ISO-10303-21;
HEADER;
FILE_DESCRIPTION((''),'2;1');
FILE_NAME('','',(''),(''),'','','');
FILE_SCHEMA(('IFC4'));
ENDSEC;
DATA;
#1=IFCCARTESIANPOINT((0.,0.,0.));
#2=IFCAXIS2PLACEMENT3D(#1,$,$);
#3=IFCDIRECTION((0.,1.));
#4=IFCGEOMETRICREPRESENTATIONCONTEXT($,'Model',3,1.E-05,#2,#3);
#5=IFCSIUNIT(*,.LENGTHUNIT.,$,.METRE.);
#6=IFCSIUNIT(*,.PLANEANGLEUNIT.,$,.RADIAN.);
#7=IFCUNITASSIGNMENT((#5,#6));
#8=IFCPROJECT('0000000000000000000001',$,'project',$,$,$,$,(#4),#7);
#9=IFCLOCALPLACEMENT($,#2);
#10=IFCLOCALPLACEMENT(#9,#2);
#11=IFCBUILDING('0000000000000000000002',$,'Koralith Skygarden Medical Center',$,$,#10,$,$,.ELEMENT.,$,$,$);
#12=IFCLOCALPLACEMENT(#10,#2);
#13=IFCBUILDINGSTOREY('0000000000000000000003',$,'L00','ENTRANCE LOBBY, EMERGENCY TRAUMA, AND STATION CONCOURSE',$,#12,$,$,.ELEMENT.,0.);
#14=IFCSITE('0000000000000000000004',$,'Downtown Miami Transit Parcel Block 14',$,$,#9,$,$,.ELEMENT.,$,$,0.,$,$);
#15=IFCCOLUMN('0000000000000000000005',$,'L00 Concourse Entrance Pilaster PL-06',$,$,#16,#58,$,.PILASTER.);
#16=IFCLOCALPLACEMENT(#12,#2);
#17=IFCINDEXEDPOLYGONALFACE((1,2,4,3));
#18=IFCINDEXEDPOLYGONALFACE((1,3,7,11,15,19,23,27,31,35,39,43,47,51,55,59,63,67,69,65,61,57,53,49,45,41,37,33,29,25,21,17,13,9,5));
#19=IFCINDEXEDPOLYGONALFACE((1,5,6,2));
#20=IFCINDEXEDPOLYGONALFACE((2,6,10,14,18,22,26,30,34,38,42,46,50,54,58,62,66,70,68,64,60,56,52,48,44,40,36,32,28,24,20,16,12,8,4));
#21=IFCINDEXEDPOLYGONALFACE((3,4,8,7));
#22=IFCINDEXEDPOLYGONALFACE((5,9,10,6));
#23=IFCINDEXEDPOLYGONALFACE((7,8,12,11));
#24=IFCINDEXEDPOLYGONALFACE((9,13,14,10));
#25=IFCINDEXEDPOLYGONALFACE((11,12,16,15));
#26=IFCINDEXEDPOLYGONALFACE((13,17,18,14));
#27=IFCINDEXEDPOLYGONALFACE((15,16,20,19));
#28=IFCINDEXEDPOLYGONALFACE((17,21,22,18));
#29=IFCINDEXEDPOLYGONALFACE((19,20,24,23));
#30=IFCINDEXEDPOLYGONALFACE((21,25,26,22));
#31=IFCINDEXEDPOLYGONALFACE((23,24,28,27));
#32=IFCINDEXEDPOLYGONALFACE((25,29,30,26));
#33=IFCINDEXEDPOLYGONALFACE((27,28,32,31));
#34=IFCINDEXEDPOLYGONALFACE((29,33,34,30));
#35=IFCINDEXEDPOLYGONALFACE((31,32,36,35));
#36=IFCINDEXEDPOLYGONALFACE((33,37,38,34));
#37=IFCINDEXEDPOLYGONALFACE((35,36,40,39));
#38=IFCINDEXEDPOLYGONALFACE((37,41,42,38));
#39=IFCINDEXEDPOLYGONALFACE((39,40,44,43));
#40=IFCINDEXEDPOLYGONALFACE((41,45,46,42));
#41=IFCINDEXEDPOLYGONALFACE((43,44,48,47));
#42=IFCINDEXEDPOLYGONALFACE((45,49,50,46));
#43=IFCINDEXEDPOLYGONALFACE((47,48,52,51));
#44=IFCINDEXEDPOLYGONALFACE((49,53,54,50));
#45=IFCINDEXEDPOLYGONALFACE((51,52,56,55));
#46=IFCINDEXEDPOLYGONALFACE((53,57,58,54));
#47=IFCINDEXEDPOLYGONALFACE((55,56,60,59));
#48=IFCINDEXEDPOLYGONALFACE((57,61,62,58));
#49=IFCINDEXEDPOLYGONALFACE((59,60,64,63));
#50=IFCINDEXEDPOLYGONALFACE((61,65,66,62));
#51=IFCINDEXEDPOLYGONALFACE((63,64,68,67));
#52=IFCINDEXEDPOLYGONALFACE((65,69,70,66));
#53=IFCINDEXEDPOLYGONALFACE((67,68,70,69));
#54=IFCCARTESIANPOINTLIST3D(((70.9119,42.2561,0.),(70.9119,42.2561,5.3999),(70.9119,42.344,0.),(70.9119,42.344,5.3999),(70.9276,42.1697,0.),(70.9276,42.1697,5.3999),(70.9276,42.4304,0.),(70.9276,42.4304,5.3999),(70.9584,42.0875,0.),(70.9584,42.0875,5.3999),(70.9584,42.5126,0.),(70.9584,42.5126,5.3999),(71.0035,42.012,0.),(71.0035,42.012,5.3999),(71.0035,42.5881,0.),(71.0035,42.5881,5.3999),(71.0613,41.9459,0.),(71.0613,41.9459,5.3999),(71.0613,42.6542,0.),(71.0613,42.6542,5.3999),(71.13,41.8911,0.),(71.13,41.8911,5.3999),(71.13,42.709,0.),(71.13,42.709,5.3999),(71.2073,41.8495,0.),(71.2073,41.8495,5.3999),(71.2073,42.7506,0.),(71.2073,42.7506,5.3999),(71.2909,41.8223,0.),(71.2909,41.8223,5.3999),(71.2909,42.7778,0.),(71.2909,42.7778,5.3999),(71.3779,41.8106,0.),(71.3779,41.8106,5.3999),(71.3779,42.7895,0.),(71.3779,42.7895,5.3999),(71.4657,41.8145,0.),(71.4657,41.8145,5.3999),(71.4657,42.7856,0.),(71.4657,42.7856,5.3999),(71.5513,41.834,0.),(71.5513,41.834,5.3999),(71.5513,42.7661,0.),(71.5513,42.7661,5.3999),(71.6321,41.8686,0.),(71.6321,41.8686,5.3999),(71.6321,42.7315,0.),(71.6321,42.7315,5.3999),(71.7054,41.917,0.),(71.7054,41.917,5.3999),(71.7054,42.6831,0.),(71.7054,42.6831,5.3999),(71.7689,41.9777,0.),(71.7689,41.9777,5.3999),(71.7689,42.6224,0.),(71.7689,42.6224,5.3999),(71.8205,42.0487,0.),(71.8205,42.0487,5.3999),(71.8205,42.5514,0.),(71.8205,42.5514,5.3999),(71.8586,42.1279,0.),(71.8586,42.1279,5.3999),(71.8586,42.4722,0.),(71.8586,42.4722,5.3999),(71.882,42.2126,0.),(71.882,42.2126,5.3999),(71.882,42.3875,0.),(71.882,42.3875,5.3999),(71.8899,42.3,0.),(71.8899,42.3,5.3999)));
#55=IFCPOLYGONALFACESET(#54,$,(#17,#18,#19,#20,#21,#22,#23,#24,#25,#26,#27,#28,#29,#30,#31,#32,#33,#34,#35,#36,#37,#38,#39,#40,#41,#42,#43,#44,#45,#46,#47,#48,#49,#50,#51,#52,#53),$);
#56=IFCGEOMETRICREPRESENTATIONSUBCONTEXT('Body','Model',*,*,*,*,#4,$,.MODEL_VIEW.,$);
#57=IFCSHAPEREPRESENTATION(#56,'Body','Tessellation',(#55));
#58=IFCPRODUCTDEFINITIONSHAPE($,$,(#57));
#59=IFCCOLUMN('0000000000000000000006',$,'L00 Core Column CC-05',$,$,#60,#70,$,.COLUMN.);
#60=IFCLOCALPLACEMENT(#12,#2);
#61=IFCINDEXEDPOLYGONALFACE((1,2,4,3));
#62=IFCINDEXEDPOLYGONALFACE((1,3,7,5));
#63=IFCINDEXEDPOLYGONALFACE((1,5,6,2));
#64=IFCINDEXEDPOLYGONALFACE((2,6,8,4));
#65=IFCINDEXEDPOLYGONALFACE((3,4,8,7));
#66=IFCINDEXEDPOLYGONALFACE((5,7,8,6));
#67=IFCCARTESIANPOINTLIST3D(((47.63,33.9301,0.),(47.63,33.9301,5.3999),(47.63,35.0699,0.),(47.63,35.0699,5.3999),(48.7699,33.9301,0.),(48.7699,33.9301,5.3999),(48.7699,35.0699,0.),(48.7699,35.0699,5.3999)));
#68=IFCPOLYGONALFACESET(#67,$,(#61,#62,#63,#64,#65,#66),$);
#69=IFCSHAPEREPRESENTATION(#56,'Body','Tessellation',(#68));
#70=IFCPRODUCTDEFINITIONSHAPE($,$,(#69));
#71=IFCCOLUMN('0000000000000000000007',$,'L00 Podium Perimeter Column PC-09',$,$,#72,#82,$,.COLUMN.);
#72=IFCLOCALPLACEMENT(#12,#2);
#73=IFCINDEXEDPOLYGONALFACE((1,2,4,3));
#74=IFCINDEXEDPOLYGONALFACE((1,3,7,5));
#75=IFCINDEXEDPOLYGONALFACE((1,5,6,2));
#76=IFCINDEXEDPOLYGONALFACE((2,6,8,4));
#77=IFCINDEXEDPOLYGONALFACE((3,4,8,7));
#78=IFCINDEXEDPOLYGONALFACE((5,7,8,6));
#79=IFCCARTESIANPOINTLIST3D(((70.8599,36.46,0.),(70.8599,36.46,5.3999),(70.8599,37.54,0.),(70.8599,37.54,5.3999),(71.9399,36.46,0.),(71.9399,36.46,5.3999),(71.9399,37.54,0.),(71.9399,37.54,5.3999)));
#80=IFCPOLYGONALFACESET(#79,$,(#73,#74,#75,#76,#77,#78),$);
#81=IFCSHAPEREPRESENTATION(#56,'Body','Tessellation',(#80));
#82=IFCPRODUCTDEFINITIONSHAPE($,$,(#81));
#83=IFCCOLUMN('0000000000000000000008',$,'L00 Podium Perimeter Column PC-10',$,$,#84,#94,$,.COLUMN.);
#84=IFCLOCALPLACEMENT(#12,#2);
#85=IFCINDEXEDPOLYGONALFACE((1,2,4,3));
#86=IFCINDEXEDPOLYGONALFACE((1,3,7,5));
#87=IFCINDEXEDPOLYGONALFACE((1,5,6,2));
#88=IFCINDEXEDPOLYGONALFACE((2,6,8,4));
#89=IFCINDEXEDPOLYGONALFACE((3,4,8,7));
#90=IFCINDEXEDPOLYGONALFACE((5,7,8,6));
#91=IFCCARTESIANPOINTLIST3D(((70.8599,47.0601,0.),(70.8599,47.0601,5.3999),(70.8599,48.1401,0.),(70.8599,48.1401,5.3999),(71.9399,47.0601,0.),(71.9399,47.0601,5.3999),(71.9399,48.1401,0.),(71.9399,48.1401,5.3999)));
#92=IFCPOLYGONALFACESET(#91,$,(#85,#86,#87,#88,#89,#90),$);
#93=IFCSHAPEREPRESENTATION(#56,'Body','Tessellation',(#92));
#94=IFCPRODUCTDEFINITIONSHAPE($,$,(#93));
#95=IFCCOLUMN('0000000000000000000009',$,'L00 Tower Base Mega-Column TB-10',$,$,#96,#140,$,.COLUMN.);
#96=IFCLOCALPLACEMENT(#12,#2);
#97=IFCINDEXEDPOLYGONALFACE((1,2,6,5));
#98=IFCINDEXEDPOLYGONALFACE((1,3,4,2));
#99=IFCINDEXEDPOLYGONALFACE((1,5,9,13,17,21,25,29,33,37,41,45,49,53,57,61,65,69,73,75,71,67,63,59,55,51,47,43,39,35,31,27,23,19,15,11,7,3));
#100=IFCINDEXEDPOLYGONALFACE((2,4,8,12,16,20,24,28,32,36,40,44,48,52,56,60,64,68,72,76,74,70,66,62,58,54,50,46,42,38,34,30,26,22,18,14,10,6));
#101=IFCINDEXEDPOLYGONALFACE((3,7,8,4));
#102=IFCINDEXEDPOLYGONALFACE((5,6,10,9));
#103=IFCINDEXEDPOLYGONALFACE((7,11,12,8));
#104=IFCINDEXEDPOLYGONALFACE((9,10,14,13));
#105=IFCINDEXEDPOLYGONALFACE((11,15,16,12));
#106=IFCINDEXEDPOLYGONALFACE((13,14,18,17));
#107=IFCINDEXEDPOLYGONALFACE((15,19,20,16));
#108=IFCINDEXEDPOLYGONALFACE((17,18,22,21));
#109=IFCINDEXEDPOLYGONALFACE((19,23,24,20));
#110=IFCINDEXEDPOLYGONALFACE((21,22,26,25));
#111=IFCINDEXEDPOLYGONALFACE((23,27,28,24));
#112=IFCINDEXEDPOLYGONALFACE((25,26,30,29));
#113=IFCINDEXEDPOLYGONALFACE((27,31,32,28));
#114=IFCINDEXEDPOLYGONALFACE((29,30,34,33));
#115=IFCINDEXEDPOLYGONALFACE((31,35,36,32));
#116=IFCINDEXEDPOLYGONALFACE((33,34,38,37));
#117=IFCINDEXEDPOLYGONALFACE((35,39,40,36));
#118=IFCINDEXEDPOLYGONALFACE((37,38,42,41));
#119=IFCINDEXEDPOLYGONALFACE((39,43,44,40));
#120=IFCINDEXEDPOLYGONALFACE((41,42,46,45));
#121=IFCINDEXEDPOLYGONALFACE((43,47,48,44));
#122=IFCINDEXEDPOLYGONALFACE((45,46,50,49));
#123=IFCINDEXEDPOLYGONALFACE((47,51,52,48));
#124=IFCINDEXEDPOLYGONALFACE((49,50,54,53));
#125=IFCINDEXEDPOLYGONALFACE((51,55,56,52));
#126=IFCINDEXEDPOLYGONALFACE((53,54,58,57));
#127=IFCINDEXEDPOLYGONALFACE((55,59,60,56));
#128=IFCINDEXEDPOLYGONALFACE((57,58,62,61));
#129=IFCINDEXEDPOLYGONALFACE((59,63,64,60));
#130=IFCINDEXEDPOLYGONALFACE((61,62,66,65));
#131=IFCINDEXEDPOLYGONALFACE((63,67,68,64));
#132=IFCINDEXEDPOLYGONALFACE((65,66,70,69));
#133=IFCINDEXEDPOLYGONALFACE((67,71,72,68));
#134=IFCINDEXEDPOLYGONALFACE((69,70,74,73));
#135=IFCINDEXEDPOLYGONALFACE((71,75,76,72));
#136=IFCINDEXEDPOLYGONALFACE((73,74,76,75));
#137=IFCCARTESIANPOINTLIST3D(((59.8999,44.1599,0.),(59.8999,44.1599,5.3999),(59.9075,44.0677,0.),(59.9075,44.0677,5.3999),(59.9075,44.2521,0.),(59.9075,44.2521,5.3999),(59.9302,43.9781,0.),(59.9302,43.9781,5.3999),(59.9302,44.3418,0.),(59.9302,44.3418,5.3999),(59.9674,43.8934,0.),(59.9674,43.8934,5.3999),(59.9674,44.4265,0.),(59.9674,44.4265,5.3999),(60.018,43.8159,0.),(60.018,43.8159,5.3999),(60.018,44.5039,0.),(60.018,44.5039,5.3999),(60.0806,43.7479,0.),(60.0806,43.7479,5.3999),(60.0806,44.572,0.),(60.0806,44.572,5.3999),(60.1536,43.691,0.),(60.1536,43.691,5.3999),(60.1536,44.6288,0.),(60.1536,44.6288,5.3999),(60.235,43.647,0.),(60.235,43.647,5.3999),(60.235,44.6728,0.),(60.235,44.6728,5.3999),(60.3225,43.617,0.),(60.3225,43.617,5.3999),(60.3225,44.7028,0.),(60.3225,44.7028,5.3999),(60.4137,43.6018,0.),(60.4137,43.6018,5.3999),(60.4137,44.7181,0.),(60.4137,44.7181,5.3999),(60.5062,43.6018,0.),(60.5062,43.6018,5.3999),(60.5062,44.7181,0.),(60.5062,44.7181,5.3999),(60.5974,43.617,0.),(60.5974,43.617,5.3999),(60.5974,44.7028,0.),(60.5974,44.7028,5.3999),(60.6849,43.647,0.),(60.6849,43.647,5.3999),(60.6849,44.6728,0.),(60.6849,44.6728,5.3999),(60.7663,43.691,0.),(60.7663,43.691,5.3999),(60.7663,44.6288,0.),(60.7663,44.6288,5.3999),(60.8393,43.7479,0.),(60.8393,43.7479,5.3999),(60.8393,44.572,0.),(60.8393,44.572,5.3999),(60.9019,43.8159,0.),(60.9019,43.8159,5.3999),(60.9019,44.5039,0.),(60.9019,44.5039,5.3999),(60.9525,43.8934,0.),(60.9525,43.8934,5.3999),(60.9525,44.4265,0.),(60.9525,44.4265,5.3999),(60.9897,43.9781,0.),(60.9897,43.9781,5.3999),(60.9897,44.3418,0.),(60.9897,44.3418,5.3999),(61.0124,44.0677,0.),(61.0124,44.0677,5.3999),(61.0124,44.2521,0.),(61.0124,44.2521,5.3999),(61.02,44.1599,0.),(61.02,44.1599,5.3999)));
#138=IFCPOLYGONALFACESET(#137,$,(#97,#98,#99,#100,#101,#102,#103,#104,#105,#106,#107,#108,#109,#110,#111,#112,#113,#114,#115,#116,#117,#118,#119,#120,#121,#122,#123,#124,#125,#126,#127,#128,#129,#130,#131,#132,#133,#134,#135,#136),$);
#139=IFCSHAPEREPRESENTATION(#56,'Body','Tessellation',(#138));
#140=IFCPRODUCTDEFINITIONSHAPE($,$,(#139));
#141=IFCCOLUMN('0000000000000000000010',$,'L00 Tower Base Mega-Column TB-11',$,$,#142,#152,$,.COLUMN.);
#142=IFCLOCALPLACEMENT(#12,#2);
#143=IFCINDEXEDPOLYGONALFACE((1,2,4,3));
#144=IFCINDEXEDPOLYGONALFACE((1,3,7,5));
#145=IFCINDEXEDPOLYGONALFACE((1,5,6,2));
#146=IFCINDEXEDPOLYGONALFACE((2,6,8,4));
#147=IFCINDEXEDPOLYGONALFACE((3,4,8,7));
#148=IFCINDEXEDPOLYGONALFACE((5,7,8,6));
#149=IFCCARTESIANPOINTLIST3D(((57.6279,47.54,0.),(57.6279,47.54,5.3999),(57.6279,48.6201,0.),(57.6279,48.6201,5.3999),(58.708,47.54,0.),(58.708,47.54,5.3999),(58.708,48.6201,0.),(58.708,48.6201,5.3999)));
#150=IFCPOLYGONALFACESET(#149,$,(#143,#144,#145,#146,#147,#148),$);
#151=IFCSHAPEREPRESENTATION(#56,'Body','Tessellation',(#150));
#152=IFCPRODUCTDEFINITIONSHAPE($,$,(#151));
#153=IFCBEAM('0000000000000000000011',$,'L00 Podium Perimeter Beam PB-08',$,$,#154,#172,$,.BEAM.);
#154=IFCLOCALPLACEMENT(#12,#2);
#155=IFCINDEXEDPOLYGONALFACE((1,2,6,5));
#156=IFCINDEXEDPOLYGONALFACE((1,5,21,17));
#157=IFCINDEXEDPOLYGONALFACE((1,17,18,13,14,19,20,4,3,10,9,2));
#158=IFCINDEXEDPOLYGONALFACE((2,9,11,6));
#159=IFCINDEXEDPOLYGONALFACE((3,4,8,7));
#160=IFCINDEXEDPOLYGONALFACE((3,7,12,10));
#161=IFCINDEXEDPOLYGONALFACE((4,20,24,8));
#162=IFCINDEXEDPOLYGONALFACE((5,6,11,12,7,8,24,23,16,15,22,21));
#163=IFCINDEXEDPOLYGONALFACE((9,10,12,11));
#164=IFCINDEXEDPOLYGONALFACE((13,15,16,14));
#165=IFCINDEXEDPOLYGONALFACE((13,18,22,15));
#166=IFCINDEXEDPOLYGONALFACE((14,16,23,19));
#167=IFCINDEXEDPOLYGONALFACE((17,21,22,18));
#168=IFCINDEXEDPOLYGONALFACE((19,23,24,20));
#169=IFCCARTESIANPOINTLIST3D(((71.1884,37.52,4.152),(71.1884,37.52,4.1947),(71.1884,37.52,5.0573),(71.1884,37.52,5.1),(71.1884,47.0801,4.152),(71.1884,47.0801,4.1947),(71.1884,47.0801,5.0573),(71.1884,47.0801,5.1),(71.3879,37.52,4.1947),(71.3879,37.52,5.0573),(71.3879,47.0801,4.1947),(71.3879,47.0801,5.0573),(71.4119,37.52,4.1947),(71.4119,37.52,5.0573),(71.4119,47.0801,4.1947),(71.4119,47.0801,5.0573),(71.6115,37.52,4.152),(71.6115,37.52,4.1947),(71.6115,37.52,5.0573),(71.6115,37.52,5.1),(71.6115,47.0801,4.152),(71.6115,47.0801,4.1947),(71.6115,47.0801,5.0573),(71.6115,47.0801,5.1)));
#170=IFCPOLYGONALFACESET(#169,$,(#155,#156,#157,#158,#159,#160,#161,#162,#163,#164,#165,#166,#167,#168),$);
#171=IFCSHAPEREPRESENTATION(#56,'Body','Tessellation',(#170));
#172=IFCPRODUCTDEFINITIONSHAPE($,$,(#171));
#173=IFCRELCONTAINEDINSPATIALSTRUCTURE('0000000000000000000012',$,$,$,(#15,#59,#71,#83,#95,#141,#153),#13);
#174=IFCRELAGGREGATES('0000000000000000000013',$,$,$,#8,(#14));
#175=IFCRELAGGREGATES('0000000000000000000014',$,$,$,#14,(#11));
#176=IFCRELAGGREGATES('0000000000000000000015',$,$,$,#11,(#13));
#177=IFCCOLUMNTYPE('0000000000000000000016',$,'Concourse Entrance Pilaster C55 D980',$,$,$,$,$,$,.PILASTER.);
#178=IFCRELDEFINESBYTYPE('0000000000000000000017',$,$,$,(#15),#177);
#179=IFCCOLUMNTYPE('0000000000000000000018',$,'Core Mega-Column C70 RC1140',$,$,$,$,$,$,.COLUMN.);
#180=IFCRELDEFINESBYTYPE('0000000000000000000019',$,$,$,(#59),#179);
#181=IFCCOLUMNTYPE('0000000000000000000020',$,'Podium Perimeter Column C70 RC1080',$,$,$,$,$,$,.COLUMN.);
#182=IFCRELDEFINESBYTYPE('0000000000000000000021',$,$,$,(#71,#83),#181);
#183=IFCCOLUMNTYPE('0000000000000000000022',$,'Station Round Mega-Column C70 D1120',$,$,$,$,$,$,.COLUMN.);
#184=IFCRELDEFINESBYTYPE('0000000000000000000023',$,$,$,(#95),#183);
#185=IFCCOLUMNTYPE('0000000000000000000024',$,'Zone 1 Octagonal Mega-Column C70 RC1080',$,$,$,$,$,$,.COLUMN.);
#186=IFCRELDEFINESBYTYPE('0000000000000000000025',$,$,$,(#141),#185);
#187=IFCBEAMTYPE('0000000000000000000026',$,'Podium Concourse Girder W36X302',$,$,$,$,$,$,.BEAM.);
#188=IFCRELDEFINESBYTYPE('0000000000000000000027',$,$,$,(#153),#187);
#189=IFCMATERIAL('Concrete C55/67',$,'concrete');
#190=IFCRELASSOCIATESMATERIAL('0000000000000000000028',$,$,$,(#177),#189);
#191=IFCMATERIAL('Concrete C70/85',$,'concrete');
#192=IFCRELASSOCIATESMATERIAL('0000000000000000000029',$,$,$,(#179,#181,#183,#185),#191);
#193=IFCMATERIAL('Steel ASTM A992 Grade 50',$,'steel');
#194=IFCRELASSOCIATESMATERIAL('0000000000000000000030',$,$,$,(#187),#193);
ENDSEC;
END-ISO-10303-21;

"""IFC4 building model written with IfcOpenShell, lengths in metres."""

from ifc_helpers import new_model, si_unit, direction, frame, origin, origin_2d, place, context, subcontext, project, spatial, rectangle, circle, i_section, extrude, material, material_profile, profile_set, type_object, element, save


model = new_model("IFC4")

# Units and contexts
model_context = context("Model", 3, precision=1e-05, world=origin(), true_north=direction((0.0, 1.0)))
body_context = subcontext(model_context, "Body", "Model", "MODEL_VIEW")
ifc_project = project(units=[si_unit("LENGTHUNIT", "METRE"), si_unit("PLANEANGLEUNIT", "RADIAN")], contexts=[model_context])

# Site, building, storey
site_placement = place(None, origin())
site = spatial("IfcSite", under=ifc_project, at=site_placement, Name="Downtown Miami Transit Parcel Block 14", CompositionType="ELEMENT", RefElevation=0.0)
building_placement = place(site_placement, origin())
building = spatial("IfcBuilding", under=site, at=building_placement, Name="Koralith Skygarden Medical Center", CompositionType="ELEMENT")
storey_placement = place(building_placement, origin())
storey = spatial("IfcBuildingStorey", under=building, at=storey_placement, Name="L00", Description="ENTRANCE LOBBY, EMERGENCY TRAUMA, AND STATION CONCOURSE", CompositionType="ELEMENT", Elevation=0.0)

# Columns
ifc_material_1 = material(Name="Concrete C55/67", Category="concrete")
ifc_material_profile_1 = material_profile(ifc_material_1, circle(Radius=0.49, at=origin_2d()), Name="RCCOL980")
ifc_profile_set_1 = profile_set([ifc_material_profile_1], Name="Concrete C55/67")
column_type_1 = type_object("IfcColumnType", Name="Concourse Entrance Pilaster C55 D980", PredefinedType="PILASTER", material=ifc_profile_set_1)
column_1_placement = place(storey_placement, frame((71.3999, 42.3, 0.0), z_axis=(0.0, 0.0, 1.0), x_axis=(1.0, 0.0, 0.0)))
element("IfcColumn", 1, at=column_1_placement, inside=storey, type_object=column_type_1, Name="L00 Concourse Entrance Pilaster PL-06", PredefinedType="PILASTER", context=body_context, shape_type="SweptSolid", body=[
    extrude(circle(Radius=0.49, at=origin_2d()), origin(), (0.0, 0.0, 1.0), 5.3999),
])
ifc_material_2 = material(Name="Concrete C70/85", Category="concrete")
ifc_material_profile_2 = material_profile(ifc_material_2, rectangle(XDim=1.1399, YDim=1.1399, at=origin_2d()), Name="RC1140X1140")
ifc_profile_set_2 = profile_set([ifc_material_profile_2], Name="Concrete C70/85")
column_type_2 = type_object("IfcColumnType", Name="Core Mega-Column C70 RC1140", PredefinedType="COLUMN", material=ifc_profile_set_2)
column_2_placement = place(storey_placement, frame((48.2, 34.5, 0.0), z_axis=(0.0, 0.0, 1.0), x_axis=(1.0, 0.0, 0.0)))
element("IfcColumn", 2, at=column_2_placement, inside=storey, type_object=column_type_2, Name="L00 Core Column CC-05", PredefinedType="COLUMN", context=body_context, shape_type="SweptSolid", body=[
    extrude(rectangle(XDim=1.1399, YDim=1.1399, at=origin_2d()), origin(), (0.0, 0.0, 1.0), 5.3999),
])
ifc_material_profile_3 = material_profile(ifc_material_2, rectangle(XDim=1.0801, YDim=1.0801, at=origin_2d()), Name="RC1080X1080")
ifc_profile_set_3 = profile_set([ifc_material_profile_3], Name="Concrete C70/85")
column_type_3 = type_object("IfcColumnType", Name="Podium Perimeter Column C70 RC1080", PredefinedType="COLUMN", material=ifc_profile_set_3)
for number, where, z_axis, x_axis, name in (
    (3, (71.3999, 37.0, 0.0), (0.0, 0.0, 1.0), (1.0, 0.0, 0.0), "L00 Podium Perimeter Column PC-09"),
    (4, (71.3999, 47.6001, 0.0), (0.0, 0.0, 1.0), (1.0, 0.0, 0.0), "L00 Podium Perimeter Column PC-10"),
):
    element("IfcColumn", number, at=place(storey_placement, frame(where, z_axis=z_axis, x_axis=x_axis)), inside=storey, type_object=column_type_3, Name=name, PredefinedType="COLUMN", context=body_context, shape_type="SweptSolid", body=[
        extrude(rectangle(XDim=1.0801, YDim=1.0801, at=origin_2d()), origin(), (0.0, 0.0, 1.0), 5.3999),
    ])
ifc_material_profile_4 = material_profile(ifc_material_2, circle(Radius=0.5601, at=origin_2d()), Name="RCCOL1120")
ifc_profile_set_4 = profile_set([ifc_material_profile_4], Name="Concrete C70/85")
column_type_4 = type_object("IfcColumnType", Name="Station Round Mega-Column C70 D1120", PredefinedType="COLUMN", material=ifc_profile_set_4)
column_3_placement = place(storey_placement, frame((60.46, 44.1599, 0.0), z_axis=(0.0, 0.0, 1.0), x_axis=(1.0, 0.0, 0.0)))
element("IfcColumn", 5, at=column_3_placement, inside=storey, type_object=column_type_4, Name="L00 Tower Base Mega-Column TB-10", PredefinedType="COLUMN", context=body_context, shape_type="SweptSolid", body=[
    extrude(circle(Radius=0.5601, at=origin_2d()), origin(), (0.0, 0.0, 1.0), 5.3999),
])
ifc_material_profile_5 = material_profile(ifc_material_2, rectangle(XDim=1.0801, YDim=1.0801, at=origin_2d()), Name="RC1080X1080")
ifc_profile_set_5 = profile_set([ifc_material_profile_5], Name="Concrete C70/85")
column_type_5 = type_object("IfcColumnType", Name="Zone 1 Octagonal Mega-Column C70 RC1080", PredefinedType="COLUMN", material=ifc_profile_set_5)
column_4_placement = place(storey_placement, frame((58.168, 48.0801, 0.0), z_axis=(0.0, 0.0, 1.0), x_axis=(1.0, 0.0, 0.0)))
element("IfcColumn", 6, at=column_4_placement, inside=storey, type_object=column_type_5, Name="L00 Tower Base Mega-Column TB-11", PredefinedType="COLUMN", context=body_context, shape_type="SweptSolid", body=[
    extrude(rectangle(XDim=1.0801, YDim=1.0801, at=origin_2d()), origin(), (0.0, 0.0, 1.0), 5.3999),
])

# Beam
ifc_material_3 = material(Name="Steel ASTM A992 Grade 50", Category="steel")
ifc_material_profile_6 = material_profile(ifc_material_3, i_section(OverallWidth=0.4231, OverallDepth=0.948, WebThickness=0.0239, FlangeThickness=0.0427, at=origin_2d()), Name="W36X302")
ifc_profile_set_6 = profile_set([ifc_material_profile_6], Name="Steel ASTM A992 Grade 50")
beam_type_1 = type_object("IfcBeamType", Name="Podium Concourse Girder W36X302", PredefinedType="BEAM", material=ifc_profile_set_6)
beam_1_placement = place(storey_placement, frame((71.3999, 37.52, 4.626), z_axis=(0.0, 1.0, 0.0), x_axis=(-1.0, 0.0, 0.0)))
element("IfcBeam", 7, at=beam_1_placement, inside=storey, type_object=beam_type_1, Name="L00 Podium Perimeter Beam PB-08", PredefinedType="BEAM", context=body_context, shape_type="SweptSolid", body=[
    extrude(i_section(OverallWidth=0.4231, OverallDepth=0.948, WebThickness=0.0239, FlangeThickness=0.0427, at=origin_2d()), origin(), (0.0, 0.0, 1.0), 9.5601),
])

save(model, "model.ifc")
